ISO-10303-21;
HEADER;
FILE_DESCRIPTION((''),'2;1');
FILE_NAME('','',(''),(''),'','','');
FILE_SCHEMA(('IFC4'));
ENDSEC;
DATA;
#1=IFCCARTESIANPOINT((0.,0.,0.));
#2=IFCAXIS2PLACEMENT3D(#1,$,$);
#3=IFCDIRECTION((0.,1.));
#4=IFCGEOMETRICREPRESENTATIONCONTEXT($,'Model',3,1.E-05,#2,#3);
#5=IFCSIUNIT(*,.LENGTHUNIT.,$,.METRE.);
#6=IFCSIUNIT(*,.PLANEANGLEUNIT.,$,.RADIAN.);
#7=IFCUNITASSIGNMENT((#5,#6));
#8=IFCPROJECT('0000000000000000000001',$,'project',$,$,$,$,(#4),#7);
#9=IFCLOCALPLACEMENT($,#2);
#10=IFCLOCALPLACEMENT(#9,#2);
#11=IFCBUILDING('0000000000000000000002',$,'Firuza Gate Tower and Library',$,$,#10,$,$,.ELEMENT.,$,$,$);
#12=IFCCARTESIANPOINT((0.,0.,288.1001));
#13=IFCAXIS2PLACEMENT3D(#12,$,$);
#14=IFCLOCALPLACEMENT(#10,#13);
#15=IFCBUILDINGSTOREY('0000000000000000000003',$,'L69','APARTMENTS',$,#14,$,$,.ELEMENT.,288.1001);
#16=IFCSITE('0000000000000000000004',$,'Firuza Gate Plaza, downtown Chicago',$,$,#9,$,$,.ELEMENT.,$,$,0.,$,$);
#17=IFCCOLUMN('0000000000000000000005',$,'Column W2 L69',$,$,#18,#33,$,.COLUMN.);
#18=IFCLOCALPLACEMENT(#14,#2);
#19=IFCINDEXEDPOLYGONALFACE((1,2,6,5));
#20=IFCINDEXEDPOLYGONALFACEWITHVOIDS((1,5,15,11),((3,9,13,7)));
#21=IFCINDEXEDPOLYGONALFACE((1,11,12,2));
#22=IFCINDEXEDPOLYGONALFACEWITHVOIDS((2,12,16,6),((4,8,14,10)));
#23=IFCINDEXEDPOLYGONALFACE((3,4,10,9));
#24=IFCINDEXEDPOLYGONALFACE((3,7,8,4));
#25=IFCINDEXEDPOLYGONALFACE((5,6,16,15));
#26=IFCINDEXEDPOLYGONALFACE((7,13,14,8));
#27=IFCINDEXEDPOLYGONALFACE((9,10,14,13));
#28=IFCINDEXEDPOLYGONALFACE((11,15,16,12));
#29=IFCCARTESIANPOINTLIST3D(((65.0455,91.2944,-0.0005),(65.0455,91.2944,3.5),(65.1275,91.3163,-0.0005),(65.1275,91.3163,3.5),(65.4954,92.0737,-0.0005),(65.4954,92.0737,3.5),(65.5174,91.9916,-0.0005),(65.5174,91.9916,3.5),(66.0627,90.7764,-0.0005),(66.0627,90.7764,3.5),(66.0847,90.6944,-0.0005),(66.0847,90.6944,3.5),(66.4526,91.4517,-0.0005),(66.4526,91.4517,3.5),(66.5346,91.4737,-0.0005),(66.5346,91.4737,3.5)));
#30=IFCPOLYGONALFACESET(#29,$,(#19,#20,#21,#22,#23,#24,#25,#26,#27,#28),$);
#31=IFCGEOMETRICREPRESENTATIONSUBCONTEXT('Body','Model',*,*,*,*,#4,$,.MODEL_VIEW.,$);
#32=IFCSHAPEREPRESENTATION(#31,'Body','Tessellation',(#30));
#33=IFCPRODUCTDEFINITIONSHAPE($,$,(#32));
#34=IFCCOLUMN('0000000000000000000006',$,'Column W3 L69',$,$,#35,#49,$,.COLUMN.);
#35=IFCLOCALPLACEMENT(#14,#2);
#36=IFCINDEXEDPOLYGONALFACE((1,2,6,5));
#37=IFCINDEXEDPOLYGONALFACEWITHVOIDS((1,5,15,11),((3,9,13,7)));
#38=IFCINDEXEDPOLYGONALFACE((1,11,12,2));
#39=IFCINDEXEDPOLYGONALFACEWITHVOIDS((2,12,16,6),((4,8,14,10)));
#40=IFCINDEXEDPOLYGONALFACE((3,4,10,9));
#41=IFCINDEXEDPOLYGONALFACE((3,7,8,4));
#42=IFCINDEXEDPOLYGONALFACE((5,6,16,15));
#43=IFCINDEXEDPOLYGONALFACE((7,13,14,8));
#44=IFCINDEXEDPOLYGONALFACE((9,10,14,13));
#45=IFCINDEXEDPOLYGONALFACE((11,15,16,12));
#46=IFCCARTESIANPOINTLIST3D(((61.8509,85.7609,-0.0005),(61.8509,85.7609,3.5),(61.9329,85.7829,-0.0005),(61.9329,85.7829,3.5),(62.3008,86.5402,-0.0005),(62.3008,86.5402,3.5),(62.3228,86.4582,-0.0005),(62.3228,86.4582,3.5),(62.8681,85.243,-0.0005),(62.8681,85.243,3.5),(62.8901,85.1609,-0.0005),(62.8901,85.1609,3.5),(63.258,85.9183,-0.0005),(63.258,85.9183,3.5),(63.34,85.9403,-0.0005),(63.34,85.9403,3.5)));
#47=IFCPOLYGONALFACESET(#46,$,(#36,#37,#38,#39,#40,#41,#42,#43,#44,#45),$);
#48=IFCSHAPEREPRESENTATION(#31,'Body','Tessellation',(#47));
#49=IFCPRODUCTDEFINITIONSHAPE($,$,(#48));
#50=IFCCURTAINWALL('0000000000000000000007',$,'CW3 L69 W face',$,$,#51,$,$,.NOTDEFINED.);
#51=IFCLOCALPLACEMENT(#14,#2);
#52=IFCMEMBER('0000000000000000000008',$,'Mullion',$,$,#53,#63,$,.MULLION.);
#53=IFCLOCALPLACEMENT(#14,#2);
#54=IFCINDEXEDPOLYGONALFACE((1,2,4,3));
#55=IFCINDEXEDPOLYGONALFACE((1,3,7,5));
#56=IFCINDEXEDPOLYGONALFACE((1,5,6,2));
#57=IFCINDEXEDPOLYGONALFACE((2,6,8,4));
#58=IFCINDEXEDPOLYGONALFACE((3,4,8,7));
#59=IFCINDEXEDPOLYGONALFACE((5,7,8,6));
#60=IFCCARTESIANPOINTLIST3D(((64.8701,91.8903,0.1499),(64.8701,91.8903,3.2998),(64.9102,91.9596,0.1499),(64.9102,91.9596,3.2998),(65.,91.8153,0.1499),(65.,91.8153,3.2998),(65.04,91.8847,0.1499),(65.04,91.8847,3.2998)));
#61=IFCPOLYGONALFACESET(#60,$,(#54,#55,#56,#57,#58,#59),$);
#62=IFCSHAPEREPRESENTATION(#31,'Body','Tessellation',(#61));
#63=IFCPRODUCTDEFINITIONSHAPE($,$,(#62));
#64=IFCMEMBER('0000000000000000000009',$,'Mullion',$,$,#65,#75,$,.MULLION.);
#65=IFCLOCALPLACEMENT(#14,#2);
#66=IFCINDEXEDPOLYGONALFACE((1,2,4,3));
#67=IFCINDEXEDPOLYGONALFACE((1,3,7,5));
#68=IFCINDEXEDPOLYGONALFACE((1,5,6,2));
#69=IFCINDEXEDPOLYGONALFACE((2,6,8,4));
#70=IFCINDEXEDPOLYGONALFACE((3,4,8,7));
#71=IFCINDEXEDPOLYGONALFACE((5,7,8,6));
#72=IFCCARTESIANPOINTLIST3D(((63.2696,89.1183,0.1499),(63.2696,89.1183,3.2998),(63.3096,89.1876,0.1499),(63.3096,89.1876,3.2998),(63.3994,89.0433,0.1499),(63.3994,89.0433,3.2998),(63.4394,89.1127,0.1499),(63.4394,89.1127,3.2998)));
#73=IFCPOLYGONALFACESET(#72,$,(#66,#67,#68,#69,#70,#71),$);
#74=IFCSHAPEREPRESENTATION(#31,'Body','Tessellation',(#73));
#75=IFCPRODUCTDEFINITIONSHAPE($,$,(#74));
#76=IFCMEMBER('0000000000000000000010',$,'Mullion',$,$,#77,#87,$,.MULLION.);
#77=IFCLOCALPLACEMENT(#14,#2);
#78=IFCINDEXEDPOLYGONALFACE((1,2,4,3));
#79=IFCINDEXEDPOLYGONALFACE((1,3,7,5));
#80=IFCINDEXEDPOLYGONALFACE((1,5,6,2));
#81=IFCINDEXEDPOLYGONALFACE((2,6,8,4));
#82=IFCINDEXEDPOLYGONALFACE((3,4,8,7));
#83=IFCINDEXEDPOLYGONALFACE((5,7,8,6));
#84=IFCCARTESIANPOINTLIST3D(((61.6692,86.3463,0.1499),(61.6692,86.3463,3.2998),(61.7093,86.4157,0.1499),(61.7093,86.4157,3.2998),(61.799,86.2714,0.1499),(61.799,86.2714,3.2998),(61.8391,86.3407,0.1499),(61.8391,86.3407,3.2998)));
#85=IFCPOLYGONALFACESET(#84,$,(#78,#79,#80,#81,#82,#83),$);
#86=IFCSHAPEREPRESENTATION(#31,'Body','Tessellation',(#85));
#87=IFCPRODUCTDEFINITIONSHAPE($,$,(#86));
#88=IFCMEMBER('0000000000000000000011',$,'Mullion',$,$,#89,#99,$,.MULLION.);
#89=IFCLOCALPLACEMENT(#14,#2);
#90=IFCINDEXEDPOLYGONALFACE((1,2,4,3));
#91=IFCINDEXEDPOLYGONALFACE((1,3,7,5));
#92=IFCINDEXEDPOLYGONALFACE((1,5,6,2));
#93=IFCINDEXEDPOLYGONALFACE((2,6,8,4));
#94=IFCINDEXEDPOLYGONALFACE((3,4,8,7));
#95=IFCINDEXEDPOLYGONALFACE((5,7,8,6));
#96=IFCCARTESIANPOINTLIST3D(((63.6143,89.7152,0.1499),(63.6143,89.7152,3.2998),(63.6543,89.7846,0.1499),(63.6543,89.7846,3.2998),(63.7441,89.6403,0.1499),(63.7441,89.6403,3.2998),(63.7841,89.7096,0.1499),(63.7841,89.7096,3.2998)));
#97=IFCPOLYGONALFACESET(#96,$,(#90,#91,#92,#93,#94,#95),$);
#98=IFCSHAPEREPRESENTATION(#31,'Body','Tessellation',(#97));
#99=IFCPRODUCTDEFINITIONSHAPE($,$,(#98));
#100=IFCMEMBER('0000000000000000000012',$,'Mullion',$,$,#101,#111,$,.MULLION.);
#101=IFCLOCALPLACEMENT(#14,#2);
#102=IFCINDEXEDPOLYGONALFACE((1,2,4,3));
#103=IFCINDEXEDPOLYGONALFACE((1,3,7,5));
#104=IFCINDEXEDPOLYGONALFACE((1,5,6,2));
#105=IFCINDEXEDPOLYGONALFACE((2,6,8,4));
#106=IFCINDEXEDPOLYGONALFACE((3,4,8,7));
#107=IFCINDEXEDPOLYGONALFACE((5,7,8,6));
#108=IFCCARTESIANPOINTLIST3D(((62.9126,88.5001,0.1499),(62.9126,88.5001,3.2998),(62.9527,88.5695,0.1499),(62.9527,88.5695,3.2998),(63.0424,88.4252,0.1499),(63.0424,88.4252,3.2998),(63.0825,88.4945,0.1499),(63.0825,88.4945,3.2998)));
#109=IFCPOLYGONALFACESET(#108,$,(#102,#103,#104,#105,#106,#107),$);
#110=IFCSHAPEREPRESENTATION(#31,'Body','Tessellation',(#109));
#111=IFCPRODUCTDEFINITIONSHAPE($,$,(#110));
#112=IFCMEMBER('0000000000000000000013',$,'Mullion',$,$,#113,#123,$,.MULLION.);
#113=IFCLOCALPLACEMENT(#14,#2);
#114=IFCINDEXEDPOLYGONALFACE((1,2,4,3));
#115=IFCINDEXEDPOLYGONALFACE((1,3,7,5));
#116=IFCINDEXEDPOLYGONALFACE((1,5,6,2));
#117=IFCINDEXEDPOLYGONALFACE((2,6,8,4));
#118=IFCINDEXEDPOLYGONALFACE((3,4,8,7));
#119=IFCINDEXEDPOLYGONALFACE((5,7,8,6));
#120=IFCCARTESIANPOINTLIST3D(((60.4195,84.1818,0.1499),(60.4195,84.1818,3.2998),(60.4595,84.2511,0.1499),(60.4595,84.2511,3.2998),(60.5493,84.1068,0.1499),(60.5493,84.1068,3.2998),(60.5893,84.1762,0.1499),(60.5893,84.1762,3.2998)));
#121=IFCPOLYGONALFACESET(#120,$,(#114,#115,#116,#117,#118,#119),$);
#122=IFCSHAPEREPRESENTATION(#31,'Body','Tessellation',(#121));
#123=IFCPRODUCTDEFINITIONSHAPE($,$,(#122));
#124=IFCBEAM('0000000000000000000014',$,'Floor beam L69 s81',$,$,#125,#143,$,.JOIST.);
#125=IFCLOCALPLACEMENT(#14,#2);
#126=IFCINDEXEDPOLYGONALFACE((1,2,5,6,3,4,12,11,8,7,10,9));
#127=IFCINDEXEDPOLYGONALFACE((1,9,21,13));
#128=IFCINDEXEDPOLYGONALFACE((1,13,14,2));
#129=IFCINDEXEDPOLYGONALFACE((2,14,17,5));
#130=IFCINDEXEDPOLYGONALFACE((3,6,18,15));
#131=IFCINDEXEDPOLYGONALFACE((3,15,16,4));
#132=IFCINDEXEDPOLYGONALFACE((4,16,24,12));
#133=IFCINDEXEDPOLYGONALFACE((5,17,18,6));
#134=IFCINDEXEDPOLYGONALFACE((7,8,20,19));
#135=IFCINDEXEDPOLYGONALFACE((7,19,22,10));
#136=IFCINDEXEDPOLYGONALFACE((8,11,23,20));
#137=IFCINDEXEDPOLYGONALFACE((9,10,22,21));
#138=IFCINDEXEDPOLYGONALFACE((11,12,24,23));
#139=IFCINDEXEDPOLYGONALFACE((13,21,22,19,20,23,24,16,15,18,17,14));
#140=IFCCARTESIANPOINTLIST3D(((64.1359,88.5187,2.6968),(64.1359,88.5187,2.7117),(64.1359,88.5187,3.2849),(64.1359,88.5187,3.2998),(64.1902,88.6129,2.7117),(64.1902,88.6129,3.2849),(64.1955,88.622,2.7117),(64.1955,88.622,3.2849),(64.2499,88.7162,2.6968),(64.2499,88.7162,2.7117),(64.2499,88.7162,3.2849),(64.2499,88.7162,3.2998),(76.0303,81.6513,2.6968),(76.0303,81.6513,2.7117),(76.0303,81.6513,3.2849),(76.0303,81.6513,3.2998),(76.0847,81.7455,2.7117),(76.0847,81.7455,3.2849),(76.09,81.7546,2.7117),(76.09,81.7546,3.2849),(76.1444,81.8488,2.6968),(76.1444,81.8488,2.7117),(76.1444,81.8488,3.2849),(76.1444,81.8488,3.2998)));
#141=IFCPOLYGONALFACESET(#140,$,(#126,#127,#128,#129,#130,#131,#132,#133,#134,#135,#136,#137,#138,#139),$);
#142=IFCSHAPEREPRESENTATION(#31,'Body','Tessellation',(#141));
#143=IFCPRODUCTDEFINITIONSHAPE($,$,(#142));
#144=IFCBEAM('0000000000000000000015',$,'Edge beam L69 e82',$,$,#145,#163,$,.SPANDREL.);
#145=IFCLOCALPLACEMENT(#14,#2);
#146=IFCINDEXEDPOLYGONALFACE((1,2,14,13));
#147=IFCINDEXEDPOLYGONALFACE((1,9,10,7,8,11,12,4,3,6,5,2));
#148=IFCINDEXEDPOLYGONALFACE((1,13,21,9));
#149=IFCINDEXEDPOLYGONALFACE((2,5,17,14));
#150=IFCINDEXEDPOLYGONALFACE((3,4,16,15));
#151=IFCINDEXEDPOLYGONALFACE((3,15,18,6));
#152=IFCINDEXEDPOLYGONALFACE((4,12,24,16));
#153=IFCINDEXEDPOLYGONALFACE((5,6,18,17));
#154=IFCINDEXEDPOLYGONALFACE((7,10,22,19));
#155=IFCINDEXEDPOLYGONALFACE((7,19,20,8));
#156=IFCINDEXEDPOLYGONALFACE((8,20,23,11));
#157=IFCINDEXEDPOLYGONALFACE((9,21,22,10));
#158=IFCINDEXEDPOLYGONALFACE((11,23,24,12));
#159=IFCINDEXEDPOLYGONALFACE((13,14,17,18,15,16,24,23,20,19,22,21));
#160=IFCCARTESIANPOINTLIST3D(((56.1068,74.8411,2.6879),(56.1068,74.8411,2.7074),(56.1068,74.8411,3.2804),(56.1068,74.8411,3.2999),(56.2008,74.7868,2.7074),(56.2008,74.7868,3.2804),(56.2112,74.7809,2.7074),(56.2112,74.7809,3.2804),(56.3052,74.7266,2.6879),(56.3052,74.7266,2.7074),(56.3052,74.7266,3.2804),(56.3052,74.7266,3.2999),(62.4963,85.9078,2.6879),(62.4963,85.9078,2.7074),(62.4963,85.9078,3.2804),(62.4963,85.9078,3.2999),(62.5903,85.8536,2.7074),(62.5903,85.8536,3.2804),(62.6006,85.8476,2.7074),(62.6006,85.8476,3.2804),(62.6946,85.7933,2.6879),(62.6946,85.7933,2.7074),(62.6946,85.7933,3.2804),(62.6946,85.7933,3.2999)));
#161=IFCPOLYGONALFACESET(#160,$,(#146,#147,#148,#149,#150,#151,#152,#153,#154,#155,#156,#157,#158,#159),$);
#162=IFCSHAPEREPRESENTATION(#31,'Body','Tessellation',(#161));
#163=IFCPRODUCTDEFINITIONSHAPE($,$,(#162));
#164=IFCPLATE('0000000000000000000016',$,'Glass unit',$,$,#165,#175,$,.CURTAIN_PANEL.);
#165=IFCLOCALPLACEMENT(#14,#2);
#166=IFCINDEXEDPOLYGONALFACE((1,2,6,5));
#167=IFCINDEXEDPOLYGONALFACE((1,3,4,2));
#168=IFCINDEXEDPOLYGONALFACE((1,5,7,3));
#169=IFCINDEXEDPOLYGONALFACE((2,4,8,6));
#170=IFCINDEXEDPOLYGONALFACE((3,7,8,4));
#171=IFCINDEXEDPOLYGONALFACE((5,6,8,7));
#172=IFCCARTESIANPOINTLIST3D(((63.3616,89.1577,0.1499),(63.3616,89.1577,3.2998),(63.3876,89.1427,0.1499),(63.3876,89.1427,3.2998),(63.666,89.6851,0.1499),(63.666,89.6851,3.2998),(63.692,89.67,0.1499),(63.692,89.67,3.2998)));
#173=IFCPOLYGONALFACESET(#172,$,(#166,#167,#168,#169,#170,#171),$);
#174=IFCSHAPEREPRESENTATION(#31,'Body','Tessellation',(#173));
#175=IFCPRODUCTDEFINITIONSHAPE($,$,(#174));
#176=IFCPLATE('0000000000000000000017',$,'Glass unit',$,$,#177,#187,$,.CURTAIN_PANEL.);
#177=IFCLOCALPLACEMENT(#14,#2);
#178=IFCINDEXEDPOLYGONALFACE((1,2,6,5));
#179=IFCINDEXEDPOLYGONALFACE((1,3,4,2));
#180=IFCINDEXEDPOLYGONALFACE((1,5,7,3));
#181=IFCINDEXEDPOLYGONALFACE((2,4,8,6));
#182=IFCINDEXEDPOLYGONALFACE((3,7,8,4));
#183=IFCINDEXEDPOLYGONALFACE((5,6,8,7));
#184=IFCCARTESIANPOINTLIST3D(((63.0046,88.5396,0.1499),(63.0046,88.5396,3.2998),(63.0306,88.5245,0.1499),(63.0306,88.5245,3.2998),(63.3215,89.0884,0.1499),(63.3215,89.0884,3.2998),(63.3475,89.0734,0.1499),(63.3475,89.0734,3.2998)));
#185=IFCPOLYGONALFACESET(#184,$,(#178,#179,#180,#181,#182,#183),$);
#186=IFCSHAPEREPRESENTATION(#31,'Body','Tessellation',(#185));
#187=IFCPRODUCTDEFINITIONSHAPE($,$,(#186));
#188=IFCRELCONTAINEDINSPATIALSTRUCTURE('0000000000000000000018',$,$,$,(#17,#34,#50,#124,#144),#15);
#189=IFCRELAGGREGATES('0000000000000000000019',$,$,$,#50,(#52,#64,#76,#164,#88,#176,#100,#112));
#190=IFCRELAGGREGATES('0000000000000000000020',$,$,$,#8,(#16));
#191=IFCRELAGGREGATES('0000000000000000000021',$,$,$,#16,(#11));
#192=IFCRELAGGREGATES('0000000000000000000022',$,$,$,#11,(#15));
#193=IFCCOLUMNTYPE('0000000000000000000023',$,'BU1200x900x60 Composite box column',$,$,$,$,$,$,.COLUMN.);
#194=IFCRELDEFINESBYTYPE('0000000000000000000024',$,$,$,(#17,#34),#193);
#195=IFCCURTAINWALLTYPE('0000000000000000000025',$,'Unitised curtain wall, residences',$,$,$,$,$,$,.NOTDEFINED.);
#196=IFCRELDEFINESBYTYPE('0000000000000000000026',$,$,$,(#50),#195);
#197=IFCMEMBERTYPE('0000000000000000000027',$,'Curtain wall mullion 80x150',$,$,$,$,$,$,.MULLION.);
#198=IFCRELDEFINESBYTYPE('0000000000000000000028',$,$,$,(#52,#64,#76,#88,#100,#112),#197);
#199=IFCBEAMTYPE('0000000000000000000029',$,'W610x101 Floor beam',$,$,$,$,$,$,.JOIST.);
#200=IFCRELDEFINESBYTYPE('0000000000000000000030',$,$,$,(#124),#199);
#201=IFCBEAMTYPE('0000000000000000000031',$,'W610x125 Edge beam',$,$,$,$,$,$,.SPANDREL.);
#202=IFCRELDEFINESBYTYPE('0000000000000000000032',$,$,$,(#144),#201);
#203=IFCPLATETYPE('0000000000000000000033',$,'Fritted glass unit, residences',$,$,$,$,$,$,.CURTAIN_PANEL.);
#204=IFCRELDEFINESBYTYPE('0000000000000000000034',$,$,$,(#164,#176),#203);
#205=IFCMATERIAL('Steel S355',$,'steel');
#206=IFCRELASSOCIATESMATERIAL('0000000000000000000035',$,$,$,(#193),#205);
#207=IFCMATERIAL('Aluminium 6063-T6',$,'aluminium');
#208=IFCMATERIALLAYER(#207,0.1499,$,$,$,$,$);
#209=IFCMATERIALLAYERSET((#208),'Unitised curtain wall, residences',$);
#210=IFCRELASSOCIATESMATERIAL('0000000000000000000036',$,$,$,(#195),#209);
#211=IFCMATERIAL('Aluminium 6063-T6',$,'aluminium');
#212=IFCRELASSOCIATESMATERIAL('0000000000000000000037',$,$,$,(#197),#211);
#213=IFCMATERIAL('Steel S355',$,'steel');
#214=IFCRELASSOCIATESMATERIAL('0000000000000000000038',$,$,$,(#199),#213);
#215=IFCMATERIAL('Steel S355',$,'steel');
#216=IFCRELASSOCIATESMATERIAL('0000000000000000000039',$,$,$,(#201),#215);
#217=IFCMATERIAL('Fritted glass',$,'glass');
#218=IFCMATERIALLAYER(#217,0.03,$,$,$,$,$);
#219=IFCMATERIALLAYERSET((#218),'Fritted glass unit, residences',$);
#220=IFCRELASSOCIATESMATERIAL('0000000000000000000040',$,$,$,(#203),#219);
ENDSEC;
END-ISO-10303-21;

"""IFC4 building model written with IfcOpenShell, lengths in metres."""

from ifc_helpers import new_model, si_unit, direction, frame, origin, origin_2d, place, context, subcontext, project, spatial, polyline, rectangle, hollow_rectangle, i_section, outline, extrude, material, layer, layer_set, material_profile, profile_set, type_object, element, aggregate, save


model = new_model("IFC4")

# Units and contexts
model_context = context("Model", 3, precision=1e-05, world=origin(), true_north=direction((0.0, 1.0)))
body_context = subcontext(model_context, "Body", "Model", "MODEL_VIEW")
ifc_project = project(units=[si_unit("LENGTHUNIT", "METRE"), si_unit("PLANEANGLEUNIT", "RADIAN")], contexts=[model_context])

# Site, building, storey
site_placement = place(None, origin())
site = spatial("IfcSite", under=ifc_project, at=site_placement, Name="Firuza Gate Plaza, downtown Chicago", CompositionType="ELEMENT", RefElevation=0.0)
building_placement = place(site_placement, origin())
building = spatial("IfcBuilding", under=site, at=building_placement, Name="Firuza Gate Tower and Library", CompositionType="ELEMENT")
storey_placement = place(building_placement, frame((0.0, 0.0, 288.1001)))
storey = spatial("IfcBuildingStorey", under=building, at=storey_placement, Name="L69", Description="APARTMENTS", CompositionType="ELEMENT", Elevation=288.1001)

# Columns
ifc_material_1 = material(Name="Steel S355", Category="steel")
ifc_material_profile_1 = material_profile(ifc_material_1, hollow_rectangle(XDim=0.8999, YDim=1.2, WallThickness=0.0601, at=origin_2d()))
ifc_profile_set_1 = profile_set([ifc_material_profile_1], Name="Steel S355")
column_type = type_object("IfcColumnType", Name="BU1200x900x60 Composite box column", PredefinedType="COLUMN", material=ifc_profile_set_1)
for number, where, z_axis, x_axis, name in (
    (1, (65.79, 91.384, -0.0005), (0.0, 0.0, 1.0), (-0.5, -0.866025, 0.0), "Column W2 L69"),
    (2, (62.5955, 85.8506, -0.0005), (0.0, 0.0, 1.0), (-0.5, -0.866025, 0.0), "Column W3 L69"),
):
    element("IfcColumn", number, at=place(storey_placement, frame(where, z_axis=z_axis, x_axis=x_axis)), inside=storey, type_object=column_type, Name=name, PredefinedType="COLUMN", context=body_context, shape_type="SweptSolid", body=[
        extrude(hollow_rectangle(XDim=0.8999, YDim=1.2, WallThickness=0.0601, at=origin_2d()), origin(), (0.0, 0.0, 1.0), 3.5005),
    ])

# Curtain wall, members
ifc_material_2 = material(Name="Aluminium 6063-T6", Category="aluminium")
ifc_layer_1 = layer(ifc_material_2, 0.1499)
ifc_layer_set_1 = layer_set([ifc_layer_1], Name="Unitised curtain wall, residences")
curtain_wall_type = type_object("IfcCurtainWallType", Name="Unitised curtain wall, residences", PredefinedType="NOTDEFINED", material=ifc_layer_set_1)
placement = place(storey_placement, origin())
curtain_wall = element("IfcCurtainWall", 3, at=placement, inside=storey, type_object=curtain_wall_type, Name="CW3 L69 W face", PredefinedType="NOTDEFINED")
ifc_material_3 = material(Name="Aluminium 6063-T6", Category="aluminium")
ifc_material_profile_2 = material_profile(ifc_material_3, rectangle(XDim=0.1499, YDim=0.0801, at=origin_2d()))
ifc_profile_set_2 = profile_set([ifc_material_profile_2], Name="Aluminium 6063-T6")
member_type = type_object("IfcMemberType", Name="Curtain wall mullion 80x150", PredefinedType="MULLION", material=ifc_profile_set_2)
member_1_placement = place(storey_placement, frame((64.9551, 91.8875, 0.1499), z_axis=(0.0, 0.0, 1.0), x_axis=(0.866025, -0.5, 0.0)))
member_1 = element("IfcMember", 4, at=member_1_placement, type_object=member_type, Name="Mullion", PredefinedType="MULLION", context=body_context, shape_type="SweptSolid", body=[
    extrude(rectangle(XDim=0.1499, YDim=0.0801, at=origin_2d()), origin(), (0.0, 0.0, 1.0), 3.1499),
])
member_2_placement = place(storey_placement, frame((63.3545, 89.1155, 0.1499), z_axis=(0.0, 0.0, 1.0), x_axis=(0.866025, -0.5, 0.0)))
member_2 = element("IfcMember", 5, at=member_2_placement, type_object=member_type, Name="Mullion", PredefinedType="MULLION", context=body_context, shape_type="SweptSolid", body=[
    extrude(rectangle(XDim=0.1499, YDim=0.0801, at=origin_2d()), origin(), (0.0, 0.0, 1.0), 3.1499),
])
member_3_placement = place(storey_placement, frame((61.7542, 86.3435, 0.1499), z_axis=(0.0, 0.0, 1.0), x_axis=(0.866025, -0.5, 0.0)))
member_3 = element("IfcMember", 6, at=member_3_placement, type_object=member_type, Name="Mullion", PredefinedType="MULLION", context=body_context, shape_type="SweptSolid", body=[
    extrude(rectangle(XDim=0.1499, YDim=0.0801, at=origin_2d()), origin(), (0.0, 0.0, 1.0), 3.1499),
])
member_4_placement = place(storey_placement, frame((63.6992, 89.7124, 0.1499), z_axis=(0.0, 0.0, 1.0), x_axis=(0.866025, -0.5, 0.0)))
member_4 = element("IfcMember", 7, at=member_4_placement, type_object=member_type, Name="Mullion", PredefinedType="MULLION", context=body_context, shape_type="SweptSolid", body=[
    extrude(rectangle(XDim=0.1499, YDim=0.0801, at=origin_2d()), origin(), (0.0, 0.0, 1.0), 3.1499),
])
member_5_placement = place(storey_placement, frame((62.9976, 88.4973, 0.1499), z_axis=(0.0, 0.0, 1.0), x_axis=(0.866025, -0.5, 0.0)))
member_5 = element("IfcMember", 8, at=member_5_placement, type_object=member_type, Name="Mullion", PredefinedType="MULLION", context=body_context, shape_type="SweptSolid", body=[
    extrude(rectangle(XDim=0.1499, YDim=0.0801, at=origin_2d()), origin(), (0.0, 0.0, 1.0), 3.1499),
])
member_6_placement = place(storey_placement, frame((60.5044, 84.179, 0.1499), z_axis=(0.0, 0.0, 1.0), x_axis=(0.866025, -0.5, 0.0)))
member_6 = element("IfcMember", 9, at=member_6_placement, type_object=member_type, Name="Mullion", PredefinedType="MULLION", context=body_context, shape_type="SweptSolid", body=[
    extrude(rectangle(XDim=0.1499, YDim=0.0801, at=origin_2d()), origin(), (0.0, 0.0, 1.0), 3.1499),
])

# Beams
ifc_material_4 = material(Name="Steel S355", Category="steel")
ifc_material_profile_3 = material_profile(ifc_material_4, i_section(OverallWidth=0.228, OverallDepth=0.603, WebThickness=0.0105, FlangeThickness=0.0149, at=origin_2d()))
ifc_profile_set_3 = profile_set([ifc_material_profile_3], Name="Steel S355")
beam_type_1 = type_object("IfcBeamType", Name="W610x101 Floor beam", PredefinedType="JOIST", material=ifc_profile_set_3)
beam_1_placement = place(storey_placement, frame((64.1929, 88.6174, 2.9983), z_axis=(0.866022, -0.500007, 0.0), x_axis=(0.500007, 0.866022, 0.0)))
element("IfcBeam", 10, at=beam_1_placement, inside=storey, type_object=beam_type_1, Name="Floor beam L69 s81", PredefinedType="JOIST", context=body_context, shape_type="SweptSolid", body=[
    extrude(i_section(OverallWidth=0.228, OverallDepth=0.603, WebThickness=0.0105, FlangeThickness=0.0149, at=origin_2d()), origin(), (0.0, 0.0, 1.0), 13.7346),
])
ifc_material_5 = material(Name="Steel S355", Category="steel")
ifc_material_profile_4 = material_profile(ifc_material_5, i_section(OverallWidth=0.229, OverallDepth=0.6121, WebThickness=0.012, FlangeThickness=0.0195, at=origin_2d()))
ifc_profile_set_4 = profile_set([ifc_material_profile_4], Name="Steel S355")
beam_type_2 = type_object("IfcBeamType", Name="W610x125 Edge beam", PredefinedType="SPANDREL", material=ifc_profile_set_4)
beam_2_placement = place(storey_placement, frame((62.5955, 85.8506, 2.9939), z_axis=(-0.500004, -0.866023, 0.0), x_axis=(0.866023, -0.500004, 0.0)))
element("IfcBeam", 11, at=beam_2_placement, inside=storey, type_object=beam_type_2, Name="Edge beam L69 e82", PredefinedType="SPANDREL", context=body_context, shape_type="SweptSolid", body=[
    extrude(i_section(OverallWidth=0.229, OverallDepth=0.6121, WebThickness=0.012, FlangeThickness=0.0195, at=origin_2d()), origin(), (0.0, 0.0, 1.0), 12.7788),
])

# Plates
ifc_material_6 = material(Name="Fritted glass", Category="glass")
ifc_layer_2 = layer(ifc_material_6, 0.03)
ifc_layer_set_2 = layer_set([ifc_layer_2], Name="Fritted glass unit, residences")
plate_type_1 = type_object("IfcPlateType", Name="Fritted glass unit, residences", PredefinedType="CURTAIN_PANEL", material=ifc_layer_set_2)
plate_1_placement = place(storey_placement, frame((63.666, 89.6851, 0.1499), z_axis=(-0.866039, 0.499977, 0.0), x_axis=(-0.499977, -0.866039, 0.0)))
plate_1 = element("IfcPlate", 12, at=plate_1_placement, type_object=plate_type_1, Name="Glass unit", PredefinedType="CURTAIN_PANEL", context=body_context, shape_type="SweptSolid", body=[
    extrude(outline(polyline([(0.0, 0.0), (0.6089, 0.0), (0.6089, 3.1499), (0.0, 3.1499), (0.0, 0.0)])), origin(), (0.0, 0.0, -1.0), 0.03),
])
plate_2_placement = place(storey_placement, frame((63.3215, 89.0884, 0.1499), z_axis=(-0.866006, 0.500034, 0.0), x_axis=(-0.500034, -0.866006, 0.0)))
plate_2 = element("IfcPlate", 13, at=plate_2_placement, type_object=plate_type_1, Name="Glass unit", PredefinedType="CURTAIN_PANEL", context=body_context, shape_type="SweptSolid", body=[
    extrude(outline(polyline([(0.0, 0.0), (0.6337, 0.0), (0.6337, 3.1499), (0.0, 3.1499), (0.0, 0.0)])), origin(), (0.0, 0.0, -1.0), 0.03),
])
aggregate(curtain_wall, [member_1, member_2, member_3, plate_1, member_4, plate_2, member_5, member_6])

save(model, "model.ifc")
